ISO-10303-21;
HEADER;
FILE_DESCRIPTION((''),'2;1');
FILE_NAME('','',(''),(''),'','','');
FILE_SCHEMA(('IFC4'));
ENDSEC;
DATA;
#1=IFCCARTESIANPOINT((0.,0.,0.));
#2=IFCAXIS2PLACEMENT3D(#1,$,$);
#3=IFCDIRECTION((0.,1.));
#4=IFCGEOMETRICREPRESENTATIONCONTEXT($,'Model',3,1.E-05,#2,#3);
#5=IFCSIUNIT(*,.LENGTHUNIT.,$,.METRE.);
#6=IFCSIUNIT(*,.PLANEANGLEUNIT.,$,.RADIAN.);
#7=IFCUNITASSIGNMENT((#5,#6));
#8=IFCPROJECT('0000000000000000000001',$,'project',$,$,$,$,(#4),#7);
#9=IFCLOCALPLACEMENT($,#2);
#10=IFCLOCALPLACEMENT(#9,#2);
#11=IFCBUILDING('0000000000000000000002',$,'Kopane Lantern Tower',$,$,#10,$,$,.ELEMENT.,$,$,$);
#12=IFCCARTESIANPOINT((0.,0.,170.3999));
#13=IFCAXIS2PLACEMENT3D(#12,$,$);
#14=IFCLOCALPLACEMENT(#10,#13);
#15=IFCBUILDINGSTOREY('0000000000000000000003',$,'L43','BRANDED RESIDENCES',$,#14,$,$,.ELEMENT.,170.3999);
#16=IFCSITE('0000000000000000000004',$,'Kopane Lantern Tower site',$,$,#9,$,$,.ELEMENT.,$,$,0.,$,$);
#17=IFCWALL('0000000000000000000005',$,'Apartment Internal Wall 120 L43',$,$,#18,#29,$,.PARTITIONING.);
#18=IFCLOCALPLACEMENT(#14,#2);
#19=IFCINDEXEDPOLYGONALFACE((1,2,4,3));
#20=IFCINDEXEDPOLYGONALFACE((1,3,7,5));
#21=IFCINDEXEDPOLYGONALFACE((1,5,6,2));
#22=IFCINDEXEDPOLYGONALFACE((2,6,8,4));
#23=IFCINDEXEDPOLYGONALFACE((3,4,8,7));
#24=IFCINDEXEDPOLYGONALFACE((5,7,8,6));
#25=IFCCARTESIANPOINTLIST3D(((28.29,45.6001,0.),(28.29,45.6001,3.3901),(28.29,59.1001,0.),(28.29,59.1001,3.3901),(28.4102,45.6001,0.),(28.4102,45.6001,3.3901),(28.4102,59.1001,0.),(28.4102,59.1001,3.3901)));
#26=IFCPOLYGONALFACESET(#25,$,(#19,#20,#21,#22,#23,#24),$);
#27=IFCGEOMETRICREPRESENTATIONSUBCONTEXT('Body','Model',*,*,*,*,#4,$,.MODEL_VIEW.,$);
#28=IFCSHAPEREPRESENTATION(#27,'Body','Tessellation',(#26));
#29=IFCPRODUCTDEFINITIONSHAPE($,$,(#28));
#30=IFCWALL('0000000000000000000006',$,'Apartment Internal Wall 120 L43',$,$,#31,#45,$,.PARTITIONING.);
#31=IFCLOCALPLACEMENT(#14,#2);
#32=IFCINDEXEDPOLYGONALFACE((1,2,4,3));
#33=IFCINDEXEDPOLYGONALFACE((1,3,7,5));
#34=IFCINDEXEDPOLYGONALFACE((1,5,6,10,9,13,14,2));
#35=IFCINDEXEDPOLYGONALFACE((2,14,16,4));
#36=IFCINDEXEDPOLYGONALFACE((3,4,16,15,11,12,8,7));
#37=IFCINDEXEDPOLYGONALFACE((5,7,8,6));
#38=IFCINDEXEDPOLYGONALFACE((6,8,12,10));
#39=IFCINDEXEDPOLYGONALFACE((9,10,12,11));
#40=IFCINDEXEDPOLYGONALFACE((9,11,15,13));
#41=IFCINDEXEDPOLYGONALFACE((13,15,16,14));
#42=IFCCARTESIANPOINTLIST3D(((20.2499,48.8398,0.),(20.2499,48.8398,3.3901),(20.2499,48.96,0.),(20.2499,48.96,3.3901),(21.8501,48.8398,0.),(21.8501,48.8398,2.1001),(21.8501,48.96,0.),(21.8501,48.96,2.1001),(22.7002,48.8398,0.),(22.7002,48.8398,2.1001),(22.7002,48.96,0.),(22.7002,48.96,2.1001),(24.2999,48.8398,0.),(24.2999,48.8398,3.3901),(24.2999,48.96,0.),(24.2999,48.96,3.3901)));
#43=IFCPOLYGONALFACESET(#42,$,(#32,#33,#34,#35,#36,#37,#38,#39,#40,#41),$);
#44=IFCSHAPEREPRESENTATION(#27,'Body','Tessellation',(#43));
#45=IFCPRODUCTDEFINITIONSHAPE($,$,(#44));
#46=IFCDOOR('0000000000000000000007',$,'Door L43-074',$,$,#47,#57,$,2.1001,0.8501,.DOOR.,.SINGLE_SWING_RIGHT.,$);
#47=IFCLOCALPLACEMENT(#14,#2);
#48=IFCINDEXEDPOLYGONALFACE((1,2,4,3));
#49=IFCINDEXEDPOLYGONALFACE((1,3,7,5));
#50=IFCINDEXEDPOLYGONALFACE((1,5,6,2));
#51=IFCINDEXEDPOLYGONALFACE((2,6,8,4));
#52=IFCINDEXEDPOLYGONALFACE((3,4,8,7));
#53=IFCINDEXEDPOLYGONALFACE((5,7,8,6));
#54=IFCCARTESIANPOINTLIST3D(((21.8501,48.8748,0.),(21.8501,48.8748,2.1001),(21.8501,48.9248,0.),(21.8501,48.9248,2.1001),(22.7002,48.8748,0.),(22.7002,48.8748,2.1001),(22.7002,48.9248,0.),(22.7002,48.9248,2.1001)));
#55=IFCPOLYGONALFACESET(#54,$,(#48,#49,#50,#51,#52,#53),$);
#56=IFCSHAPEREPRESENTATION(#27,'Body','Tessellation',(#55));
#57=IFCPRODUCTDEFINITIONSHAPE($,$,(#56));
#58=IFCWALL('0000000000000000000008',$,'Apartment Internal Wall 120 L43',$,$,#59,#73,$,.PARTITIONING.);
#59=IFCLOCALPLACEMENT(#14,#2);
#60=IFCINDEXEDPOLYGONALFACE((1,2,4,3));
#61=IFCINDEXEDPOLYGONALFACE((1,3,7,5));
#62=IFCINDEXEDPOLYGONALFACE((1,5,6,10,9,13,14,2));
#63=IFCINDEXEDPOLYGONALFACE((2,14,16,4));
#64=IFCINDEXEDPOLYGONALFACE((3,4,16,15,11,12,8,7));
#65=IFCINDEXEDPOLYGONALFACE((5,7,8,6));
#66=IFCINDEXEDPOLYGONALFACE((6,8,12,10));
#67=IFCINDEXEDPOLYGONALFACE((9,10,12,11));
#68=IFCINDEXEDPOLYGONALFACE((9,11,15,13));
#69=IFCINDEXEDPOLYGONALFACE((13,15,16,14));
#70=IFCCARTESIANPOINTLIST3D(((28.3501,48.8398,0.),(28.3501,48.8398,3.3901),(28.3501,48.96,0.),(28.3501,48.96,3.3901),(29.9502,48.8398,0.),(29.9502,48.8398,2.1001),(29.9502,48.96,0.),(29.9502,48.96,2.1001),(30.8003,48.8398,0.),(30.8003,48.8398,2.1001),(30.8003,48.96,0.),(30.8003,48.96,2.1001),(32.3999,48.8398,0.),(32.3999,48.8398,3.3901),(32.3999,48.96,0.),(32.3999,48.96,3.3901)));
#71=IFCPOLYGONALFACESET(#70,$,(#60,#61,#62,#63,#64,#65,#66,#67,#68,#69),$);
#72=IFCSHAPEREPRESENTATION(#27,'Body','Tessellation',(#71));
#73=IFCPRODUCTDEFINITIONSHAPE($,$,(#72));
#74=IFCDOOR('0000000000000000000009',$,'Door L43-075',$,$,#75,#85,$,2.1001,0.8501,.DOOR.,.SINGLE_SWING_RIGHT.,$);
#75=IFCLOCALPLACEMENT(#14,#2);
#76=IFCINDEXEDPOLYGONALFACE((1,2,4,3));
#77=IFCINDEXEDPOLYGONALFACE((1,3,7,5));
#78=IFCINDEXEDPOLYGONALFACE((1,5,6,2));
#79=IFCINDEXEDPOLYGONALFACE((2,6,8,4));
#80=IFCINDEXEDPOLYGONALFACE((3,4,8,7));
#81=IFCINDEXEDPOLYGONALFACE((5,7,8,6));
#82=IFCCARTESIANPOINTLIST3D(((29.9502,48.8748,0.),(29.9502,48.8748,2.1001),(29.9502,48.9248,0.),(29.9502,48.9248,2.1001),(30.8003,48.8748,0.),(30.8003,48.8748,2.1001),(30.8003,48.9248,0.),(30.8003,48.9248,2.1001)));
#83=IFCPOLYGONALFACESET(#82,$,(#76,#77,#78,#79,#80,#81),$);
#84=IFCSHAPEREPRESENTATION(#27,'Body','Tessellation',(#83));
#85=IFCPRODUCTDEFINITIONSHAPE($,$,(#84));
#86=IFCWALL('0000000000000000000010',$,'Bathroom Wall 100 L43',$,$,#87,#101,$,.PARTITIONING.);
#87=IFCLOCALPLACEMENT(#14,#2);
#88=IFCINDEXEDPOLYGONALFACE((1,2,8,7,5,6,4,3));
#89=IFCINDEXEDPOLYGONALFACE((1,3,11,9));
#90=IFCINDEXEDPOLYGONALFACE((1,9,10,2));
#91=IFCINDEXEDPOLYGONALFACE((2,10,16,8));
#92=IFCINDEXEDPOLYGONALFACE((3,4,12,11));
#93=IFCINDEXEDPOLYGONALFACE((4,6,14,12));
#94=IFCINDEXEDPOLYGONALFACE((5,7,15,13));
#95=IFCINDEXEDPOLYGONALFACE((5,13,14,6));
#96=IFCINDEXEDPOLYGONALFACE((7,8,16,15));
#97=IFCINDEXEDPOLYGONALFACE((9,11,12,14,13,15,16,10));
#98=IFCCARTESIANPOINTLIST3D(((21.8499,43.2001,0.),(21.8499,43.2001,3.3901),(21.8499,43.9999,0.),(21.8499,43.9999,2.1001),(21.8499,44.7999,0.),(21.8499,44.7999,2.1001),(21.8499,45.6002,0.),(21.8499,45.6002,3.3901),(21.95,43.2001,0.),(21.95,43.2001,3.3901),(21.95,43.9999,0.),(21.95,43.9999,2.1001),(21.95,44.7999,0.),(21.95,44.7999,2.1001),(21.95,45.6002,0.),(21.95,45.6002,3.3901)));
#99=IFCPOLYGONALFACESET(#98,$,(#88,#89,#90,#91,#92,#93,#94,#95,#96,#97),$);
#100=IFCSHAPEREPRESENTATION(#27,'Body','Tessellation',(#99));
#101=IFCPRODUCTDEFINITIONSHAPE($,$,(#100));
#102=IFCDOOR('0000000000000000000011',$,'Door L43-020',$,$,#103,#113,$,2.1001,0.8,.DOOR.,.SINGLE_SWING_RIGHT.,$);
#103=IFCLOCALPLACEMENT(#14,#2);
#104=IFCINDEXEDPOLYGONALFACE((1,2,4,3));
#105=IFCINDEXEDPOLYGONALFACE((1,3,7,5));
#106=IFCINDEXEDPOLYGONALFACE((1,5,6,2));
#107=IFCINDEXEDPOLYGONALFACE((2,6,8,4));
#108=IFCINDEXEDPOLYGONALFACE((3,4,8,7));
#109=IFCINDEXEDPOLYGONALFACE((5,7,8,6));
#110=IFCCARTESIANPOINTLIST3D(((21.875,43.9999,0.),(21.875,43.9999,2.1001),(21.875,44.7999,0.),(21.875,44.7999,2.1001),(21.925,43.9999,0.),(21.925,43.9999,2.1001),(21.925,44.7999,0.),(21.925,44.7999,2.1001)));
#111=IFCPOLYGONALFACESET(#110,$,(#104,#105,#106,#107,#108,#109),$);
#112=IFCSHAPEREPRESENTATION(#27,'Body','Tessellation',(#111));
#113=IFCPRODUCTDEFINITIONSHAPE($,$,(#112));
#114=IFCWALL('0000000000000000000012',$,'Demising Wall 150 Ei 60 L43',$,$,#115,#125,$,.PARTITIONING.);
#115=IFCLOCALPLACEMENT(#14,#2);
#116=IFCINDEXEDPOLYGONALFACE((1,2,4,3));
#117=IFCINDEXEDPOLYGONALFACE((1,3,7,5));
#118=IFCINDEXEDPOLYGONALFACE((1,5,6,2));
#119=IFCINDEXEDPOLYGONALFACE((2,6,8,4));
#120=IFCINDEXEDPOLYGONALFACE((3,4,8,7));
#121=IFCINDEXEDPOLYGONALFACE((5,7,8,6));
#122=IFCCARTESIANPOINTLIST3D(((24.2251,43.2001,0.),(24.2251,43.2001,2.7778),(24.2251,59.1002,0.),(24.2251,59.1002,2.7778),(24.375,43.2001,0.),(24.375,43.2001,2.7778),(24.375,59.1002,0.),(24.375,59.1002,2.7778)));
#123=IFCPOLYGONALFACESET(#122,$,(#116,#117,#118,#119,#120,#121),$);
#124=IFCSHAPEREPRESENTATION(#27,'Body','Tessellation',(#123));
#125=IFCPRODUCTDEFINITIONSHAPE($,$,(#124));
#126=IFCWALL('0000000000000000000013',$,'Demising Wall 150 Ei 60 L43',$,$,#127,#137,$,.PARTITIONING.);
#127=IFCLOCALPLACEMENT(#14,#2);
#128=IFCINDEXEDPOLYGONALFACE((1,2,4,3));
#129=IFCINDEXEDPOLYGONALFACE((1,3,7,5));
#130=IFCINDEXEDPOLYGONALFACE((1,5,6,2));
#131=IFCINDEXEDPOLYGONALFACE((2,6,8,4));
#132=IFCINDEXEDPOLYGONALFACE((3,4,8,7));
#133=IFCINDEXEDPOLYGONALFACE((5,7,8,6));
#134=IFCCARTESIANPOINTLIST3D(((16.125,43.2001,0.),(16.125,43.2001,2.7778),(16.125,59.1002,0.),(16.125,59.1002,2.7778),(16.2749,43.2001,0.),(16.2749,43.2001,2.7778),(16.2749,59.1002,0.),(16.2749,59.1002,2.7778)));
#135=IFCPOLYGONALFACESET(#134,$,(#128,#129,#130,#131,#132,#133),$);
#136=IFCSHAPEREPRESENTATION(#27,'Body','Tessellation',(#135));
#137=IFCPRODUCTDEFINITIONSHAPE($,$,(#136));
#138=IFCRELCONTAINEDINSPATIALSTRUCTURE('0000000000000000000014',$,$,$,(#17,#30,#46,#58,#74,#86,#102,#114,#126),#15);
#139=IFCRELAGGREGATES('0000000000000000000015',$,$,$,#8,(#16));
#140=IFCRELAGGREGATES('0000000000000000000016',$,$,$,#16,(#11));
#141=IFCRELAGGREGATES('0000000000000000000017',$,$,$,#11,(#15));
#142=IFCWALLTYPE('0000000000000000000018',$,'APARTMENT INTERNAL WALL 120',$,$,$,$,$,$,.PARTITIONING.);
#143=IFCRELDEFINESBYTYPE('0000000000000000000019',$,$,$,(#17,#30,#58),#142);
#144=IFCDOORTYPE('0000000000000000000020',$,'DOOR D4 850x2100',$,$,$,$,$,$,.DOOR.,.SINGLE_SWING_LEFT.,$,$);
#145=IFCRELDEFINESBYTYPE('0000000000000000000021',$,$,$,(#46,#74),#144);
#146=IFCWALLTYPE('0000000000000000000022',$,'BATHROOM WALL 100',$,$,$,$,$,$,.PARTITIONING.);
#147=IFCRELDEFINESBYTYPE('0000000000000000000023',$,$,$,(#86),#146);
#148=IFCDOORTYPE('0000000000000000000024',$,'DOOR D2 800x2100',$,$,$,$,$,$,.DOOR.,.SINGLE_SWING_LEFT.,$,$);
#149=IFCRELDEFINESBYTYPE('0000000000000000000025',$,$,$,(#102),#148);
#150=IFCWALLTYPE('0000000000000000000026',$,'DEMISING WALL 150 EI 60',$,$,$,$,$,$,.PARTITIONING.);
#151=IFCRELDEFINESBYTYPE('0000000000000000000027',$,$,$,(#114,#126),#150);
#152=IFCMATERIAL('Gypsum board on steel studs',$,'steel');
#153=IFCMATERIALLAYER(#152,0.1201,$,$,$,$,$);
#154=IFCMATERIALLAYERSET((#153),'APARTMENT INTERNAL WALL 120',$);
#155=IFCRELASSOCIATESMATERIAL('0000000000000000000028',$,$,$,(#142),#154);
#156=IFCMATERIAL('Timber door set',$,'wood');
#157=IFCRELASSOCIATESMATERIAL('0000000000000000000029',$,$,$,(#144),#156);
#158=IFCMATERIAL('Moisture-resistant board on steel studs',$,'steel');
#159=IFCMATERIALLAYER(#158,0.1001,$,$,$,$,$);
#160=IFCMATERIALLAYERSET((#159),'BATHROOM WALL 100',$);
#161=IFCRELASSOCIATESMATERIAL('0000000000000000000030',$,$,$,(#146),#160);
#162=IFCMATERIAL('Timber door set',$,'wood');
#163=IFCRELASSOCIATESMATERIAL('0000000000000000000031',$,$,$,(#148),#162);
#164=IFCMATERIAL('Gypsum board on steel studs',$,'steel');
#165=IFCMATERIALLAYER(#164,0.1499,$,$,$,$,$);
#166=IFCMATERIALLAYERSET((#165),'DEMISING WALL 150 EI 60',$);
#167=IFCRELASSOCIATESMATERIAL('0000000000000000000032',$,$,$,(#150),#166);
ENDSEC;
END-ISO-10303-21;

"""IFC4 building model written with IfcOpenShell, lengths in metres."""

from ifc_helpers import new_model, si_unit, direction, frame, frame_2d, origin, place, context, subcontext, project, spatial, rectangle, extrude, material, layer, layer_set, type_object, element, fill, save


model = new_model("IFC4")

# Units and contexts
model_context = context("Model", 3, precision=1e-05, world=origin(), true_north=direction((0.0, 1.0)))
body_context = subcontext(model_context, "Body", "Model", "MODEL_VIEW")
ifc_project = project(units=[si_unit("LENGTHUNIT", "METRE"), si_unit("PLANEANGLEUNIT", "RADIAN")], contexts=[model_context])

# Site, building, storey
site_placement = place(None, origin())
site = spatial("IfcSite", under=ifc_project, at=site_placement, Name="Kopane Lantern Tower site", CompositionType="ELEMENT", RefElevation=0.0)
building_placement = place(site_placement, origin())
building = spatial("IfcBuilding", under=site, at=building_placement, Name="Kopane Lantern Tower", CompositionType="ELEMENT")
storey_placement = place(building_placement, frame((0.0, 0.0, 170.3999)))
storey = spatial("IfcBuildingStorey", under=building, at=storey_placement, Name="L43", Description="BRANDED RESIDENCES", CompositionType="ELEMENT", Elevation=170.3999)

# Wall
ifc_material_1 = material(Name="Gypsum board on steel studs", Category="steel")
ifc_layer_1 = layer(ifc_material_1, 0.1201)
ifc_layer_set_1 = layer_set([ifc_layer_1], Name="APARTMENT INTERNAL WALL 120")
wall_type_1 = type_object("IfcWallType", Name="APARTMENT INTERNAL WALL 120", PredefinedType="PARTITIONING", material=ifc_layer_set_1)
for number, where, z_axis, x_axis, name in (
    (1, (28.3501, 45.6001, 0.0), (0.0, 0.0, 1.0), (0.0, 1.0, 0.0), "Apartment Internal Wall 120 L43"),
):
    element("IfcWall", number, at=place(storey_placement, frame(where, z_axis=z_axis, x_axis=x_axis)), inside=storey, type_object=wall_type_1, Name=name, PredefinedType="PARTITIONING", context=body_context, shape_type="SweptSolid", body=[
        extrude(rectangle(XDim=13.5, YDim=0.1201, at=frame_2d((6.75, 0.0))), origin(), (0.0, 0.0, 1.0), 3.3901),
    ])

# Walls, openings, doors
wall_1_placement = place(storey_placement, frame((20.25, 48.8999, 0.0), z_axis=(0.0, 0.0, 1.0), x_axis=(1.0, 0.0, 0.0)))
wall_1 = element("IfcWall", 2, at=wall_1_placement, inside=storey, type_object=wall_type_1, Name="Apartment Internal Wall 120 L43", PredefinedType="PARTITIONING", context=body_context, shape_type="SweptSolid", body=[
    extrude(rectangle(XDim=4.05, YDim=0.1201, at=frame_2d((2.0249, 0.0))), origin(), (0.0, 0.0, 1.0), 3.3901),
])
opening_1_placement = place(wall_1_placement, frame((1.6001, 0.0, 0.0)))
opening_1 = element("IfcOpeningElement", 3, at=opening_1_placement, cuts=wall_1, PredefinedType="OPENING", context=body_context, shape_type="SweptSolid", body=[
    extrude(rectangle(XDim=0.8501, YDim=2.1001, at=frame_2d((0.425, 1.05))), frame((0.0, 0.0701, 0.0), z_axis=(0.0, -1.0, 0.0), x_axis=(1.0, 0.0, 0.0)), (0.0, 0.0, 1.0), 0.1401),
])
ifc_material_2 = material(Name="Timber door set", Category="wood")
door_type_1 = type_object("IfcDoorType", Name="DOOR D4 850x2100", OperationType="SINGLE_SWING_LEFT", PredefinedType="DOOR", material=ifc_material_2)
door_1_placement = place(opening_1_placement, origin())
door_1 = element("IfcDoor", 4, at=door_1_placement, inside=storey, type_object=door_type_1, Name="Door L43-074", OperationType="SINGLE_SWING_RIGHT", OverallHeight=2.1001, OverallWidth=0.8501, PredefinedType="DOOR", context=body_context, shape_type="SweptSolid", body=[
    extrude(rectangle(XDim=0.8501, YDim=2.1001, at=frame_2d((0.425, 1.05))), frame((0.0, 0.0249, 0.0), z_axis=(0.0, -1.0, 0.0), x_axis=(1.0, 0.0, 0.0)), (0.0, 0.0, 1.0), 0.05),
])
fill(opening_1, door_1)
wall_2_placement = place(storey_placement, frame((28.3501, 48.8999, 0.0), z_axis=(0.0, 0.0, 1.0), x_axis=(1.0, 0.0, 0.0)))
wall_2 = element("IfcWall", 5, at=wall_2_placement, inside=storey, type_object=wall_type_1, Name="Apartment Internal Wall 120 L43", PredefinedType="PARTITIONING", context=body_context, shape_type="SweptSolid", body=[
    extrude(rectangle(XDim=4.0498, YDim=0.1201, at=frame_2d((2.0249, 0.0))), origin(), (0.0, 0.0, 1.0), 3.3901),
])
opening_2_placement = place(wall_2_placement, frame((1.6001, 0.0, 0.0)))
opening_2 = element("IfcOpeningElement", 6, at=opening_2_placement, cuts=wall_2, PredefinedType="OPENING", context=body_context, shape_type="SweptSolid", body=[
    extrude(rectangle(XDim=0.8501, YDim=2.1001, at=frame_2d((0.425, 1.05))), frame((0.0, 0.0701, 0.0), z_axis=(0.0, -1.0, 0.0), x_axis=(1.0, 0.0, 0.0)), (0.0, 0.0, 1.0), 0.1401),
])
door_2_placement = place(opening_2_placement, origin())
door_2 = element("IfcDoor", 7, at=door_2_placement, inside=storey, type_object=door_type_1, Name="Door L43-075", OperationType="SINGLE_SWING_RIGHT", OverallHeight=2.1001, OverallWidth=0.8501, PredefinedType="DOOR", context=body_context, shape_type="SweptSolid", body=[
    extrude(rectangle(XDim=0.8501, YDim=2.1001, at=frame_2d((0.425, 1.05))), frame((0.0, 0.0249, 0.0), z_axis=(0.0, -1.0, 0.0), x_axis=(1.0, 0.0, 0.0)), (0.0, 0.0, 1.0), 0.05),
])
fill(opening_2, door_2)
ifc_material_3 = material(Name="Moisture-resistant board on steel studs", Category="steel")
ifc_layer_2 = layer(ifc_material_3, 0.1001)
ifc_layer_set_2 = layer_set([ifc_layer_2], Name="BATHROOM WALL 100")
wall_type_2 = type_object("IfcWallType", Name="BATHROOM WALL 100", PredefinedType="PARTITIONING", material=ifc_layer_set_2)
wall_3_placement = place(storey_placement, frame((21.8999, 43.2, 0.0), z_axis=(0.0, 0.0, 1.0), x_axis=(0.0, 1.0, 0.0)))
wall_3 = element("IfcWall", 8, at=wall_3_placement, inside=storey, type_object=wall_type_2, Name="Bathroom Wall 100 L43", PredefinedType="PARTITIONING", context=body_context, shape_type="SweptSolid", body=[
    extrude(rectangle(XDim=2.4001, YDim=0.1001, at=frame_2d((1.2002, 0.0))), origin(), (0.0, 0.0, 1.0), 3.3901),
])
opening_3_placement = place(wall_3_placement, frame((0.8, 0.0, 0.0)))
opening_3 = element("IfcOpeningElement", 9, at=opening_3_placement, cuts=wall_3, PredefinedType="OPENING", context=body_context, shape_type="SweptSolid", body=[
    extrude(rectangle(XDim=0.8, YDim=2.1001, at=frame_2d((0.3999, 1.05))), frame((0.0, 0.0601, 0.0), z_axis=(0.0, -1.0, 0.0), x_axis=(1.0, 0.0, 0.0)), (0.0, 0.0, 1.0), 0.1201),
])
ifc_material_4 = material(Name="Timber door set", Category="wood")
door_type_2 = type_object("IfcDoorType", Name="DOOR D2 800x2100", OperationType="SINGLE_SWING_LEFT", PredefinedType="DOOR", material=ifc_material_4)
door_3_placement = place(opening_3_placement, origin())
door_3 = element("IfcDoor", 10, at=door_3_placement, inside=storey, type_object=door_type_2, Name="Door L43-020", OperationType="SINGLE_SWING_RIGHT", OverallHeight=2.1001, OverallWidth=0.8, PredefinedType="DOOR", context=body_context, shape_type="SweptSolid", body=[
    extrude(rectangle(XDim=0.8, YDim=2.1001, at=frame_2d((0.3999, 1.05))), frame((0.0, 0.0249, 0.0), z_axis=(0.0, -1.0, 0.0), x_axis=(1.0, 0.0, 0.0)), (0.0, 0.0, 1.0), 0.05),
])
fill(opening_3, door_3)

# Walls
ifc_material_5 = material(Name="Gypsum board on steel studs", Category="steel")
ifc_layer_3 = layer(ifc_material_5, 0.1499)
ifc_layer_set_3 = layer_set([ifc_layer_3], Name="DEMISING WALL 150 EI 60")
wall_type_3 = type_object("IfcWallType", Name="DEMISING WALL 150 EI 60", PredefinedType="PARTITIONING", material=ifc_layer_set_3)
for number, where, z_axis, x_axis, name in (
    (11, (24.3, 43.2, 0.0), (0.0, 0.0, 1.0), (0.0, 1.0, 0.0), "Demising Wall 150 Ei 60 L43"),
    (12, (16.2, 43.2, 0.0), (0.0, 0.0, 1.0), (0.0, 1.0, 0.0), "Demising Wall 150 Ei 60 L43"),
):
    element("IfcWall", number, at=place(storey_placement, frame(where, z_axis=z_axis, x_axis=x_axis)), inside=storey, type_object=wall_type_3, Name=name, PredefinedType="PARTITIONING", context=body_context, shape_type="SweptSolid", body=[
        extrude(rectangle(XDim=15.9001, YDim=0.1499, at=frame_2d((7.9502, 0.0))), origin(), (0.0, 0.0, 1.0), 2.7778),
    ])

save(model, "model.ifc")
